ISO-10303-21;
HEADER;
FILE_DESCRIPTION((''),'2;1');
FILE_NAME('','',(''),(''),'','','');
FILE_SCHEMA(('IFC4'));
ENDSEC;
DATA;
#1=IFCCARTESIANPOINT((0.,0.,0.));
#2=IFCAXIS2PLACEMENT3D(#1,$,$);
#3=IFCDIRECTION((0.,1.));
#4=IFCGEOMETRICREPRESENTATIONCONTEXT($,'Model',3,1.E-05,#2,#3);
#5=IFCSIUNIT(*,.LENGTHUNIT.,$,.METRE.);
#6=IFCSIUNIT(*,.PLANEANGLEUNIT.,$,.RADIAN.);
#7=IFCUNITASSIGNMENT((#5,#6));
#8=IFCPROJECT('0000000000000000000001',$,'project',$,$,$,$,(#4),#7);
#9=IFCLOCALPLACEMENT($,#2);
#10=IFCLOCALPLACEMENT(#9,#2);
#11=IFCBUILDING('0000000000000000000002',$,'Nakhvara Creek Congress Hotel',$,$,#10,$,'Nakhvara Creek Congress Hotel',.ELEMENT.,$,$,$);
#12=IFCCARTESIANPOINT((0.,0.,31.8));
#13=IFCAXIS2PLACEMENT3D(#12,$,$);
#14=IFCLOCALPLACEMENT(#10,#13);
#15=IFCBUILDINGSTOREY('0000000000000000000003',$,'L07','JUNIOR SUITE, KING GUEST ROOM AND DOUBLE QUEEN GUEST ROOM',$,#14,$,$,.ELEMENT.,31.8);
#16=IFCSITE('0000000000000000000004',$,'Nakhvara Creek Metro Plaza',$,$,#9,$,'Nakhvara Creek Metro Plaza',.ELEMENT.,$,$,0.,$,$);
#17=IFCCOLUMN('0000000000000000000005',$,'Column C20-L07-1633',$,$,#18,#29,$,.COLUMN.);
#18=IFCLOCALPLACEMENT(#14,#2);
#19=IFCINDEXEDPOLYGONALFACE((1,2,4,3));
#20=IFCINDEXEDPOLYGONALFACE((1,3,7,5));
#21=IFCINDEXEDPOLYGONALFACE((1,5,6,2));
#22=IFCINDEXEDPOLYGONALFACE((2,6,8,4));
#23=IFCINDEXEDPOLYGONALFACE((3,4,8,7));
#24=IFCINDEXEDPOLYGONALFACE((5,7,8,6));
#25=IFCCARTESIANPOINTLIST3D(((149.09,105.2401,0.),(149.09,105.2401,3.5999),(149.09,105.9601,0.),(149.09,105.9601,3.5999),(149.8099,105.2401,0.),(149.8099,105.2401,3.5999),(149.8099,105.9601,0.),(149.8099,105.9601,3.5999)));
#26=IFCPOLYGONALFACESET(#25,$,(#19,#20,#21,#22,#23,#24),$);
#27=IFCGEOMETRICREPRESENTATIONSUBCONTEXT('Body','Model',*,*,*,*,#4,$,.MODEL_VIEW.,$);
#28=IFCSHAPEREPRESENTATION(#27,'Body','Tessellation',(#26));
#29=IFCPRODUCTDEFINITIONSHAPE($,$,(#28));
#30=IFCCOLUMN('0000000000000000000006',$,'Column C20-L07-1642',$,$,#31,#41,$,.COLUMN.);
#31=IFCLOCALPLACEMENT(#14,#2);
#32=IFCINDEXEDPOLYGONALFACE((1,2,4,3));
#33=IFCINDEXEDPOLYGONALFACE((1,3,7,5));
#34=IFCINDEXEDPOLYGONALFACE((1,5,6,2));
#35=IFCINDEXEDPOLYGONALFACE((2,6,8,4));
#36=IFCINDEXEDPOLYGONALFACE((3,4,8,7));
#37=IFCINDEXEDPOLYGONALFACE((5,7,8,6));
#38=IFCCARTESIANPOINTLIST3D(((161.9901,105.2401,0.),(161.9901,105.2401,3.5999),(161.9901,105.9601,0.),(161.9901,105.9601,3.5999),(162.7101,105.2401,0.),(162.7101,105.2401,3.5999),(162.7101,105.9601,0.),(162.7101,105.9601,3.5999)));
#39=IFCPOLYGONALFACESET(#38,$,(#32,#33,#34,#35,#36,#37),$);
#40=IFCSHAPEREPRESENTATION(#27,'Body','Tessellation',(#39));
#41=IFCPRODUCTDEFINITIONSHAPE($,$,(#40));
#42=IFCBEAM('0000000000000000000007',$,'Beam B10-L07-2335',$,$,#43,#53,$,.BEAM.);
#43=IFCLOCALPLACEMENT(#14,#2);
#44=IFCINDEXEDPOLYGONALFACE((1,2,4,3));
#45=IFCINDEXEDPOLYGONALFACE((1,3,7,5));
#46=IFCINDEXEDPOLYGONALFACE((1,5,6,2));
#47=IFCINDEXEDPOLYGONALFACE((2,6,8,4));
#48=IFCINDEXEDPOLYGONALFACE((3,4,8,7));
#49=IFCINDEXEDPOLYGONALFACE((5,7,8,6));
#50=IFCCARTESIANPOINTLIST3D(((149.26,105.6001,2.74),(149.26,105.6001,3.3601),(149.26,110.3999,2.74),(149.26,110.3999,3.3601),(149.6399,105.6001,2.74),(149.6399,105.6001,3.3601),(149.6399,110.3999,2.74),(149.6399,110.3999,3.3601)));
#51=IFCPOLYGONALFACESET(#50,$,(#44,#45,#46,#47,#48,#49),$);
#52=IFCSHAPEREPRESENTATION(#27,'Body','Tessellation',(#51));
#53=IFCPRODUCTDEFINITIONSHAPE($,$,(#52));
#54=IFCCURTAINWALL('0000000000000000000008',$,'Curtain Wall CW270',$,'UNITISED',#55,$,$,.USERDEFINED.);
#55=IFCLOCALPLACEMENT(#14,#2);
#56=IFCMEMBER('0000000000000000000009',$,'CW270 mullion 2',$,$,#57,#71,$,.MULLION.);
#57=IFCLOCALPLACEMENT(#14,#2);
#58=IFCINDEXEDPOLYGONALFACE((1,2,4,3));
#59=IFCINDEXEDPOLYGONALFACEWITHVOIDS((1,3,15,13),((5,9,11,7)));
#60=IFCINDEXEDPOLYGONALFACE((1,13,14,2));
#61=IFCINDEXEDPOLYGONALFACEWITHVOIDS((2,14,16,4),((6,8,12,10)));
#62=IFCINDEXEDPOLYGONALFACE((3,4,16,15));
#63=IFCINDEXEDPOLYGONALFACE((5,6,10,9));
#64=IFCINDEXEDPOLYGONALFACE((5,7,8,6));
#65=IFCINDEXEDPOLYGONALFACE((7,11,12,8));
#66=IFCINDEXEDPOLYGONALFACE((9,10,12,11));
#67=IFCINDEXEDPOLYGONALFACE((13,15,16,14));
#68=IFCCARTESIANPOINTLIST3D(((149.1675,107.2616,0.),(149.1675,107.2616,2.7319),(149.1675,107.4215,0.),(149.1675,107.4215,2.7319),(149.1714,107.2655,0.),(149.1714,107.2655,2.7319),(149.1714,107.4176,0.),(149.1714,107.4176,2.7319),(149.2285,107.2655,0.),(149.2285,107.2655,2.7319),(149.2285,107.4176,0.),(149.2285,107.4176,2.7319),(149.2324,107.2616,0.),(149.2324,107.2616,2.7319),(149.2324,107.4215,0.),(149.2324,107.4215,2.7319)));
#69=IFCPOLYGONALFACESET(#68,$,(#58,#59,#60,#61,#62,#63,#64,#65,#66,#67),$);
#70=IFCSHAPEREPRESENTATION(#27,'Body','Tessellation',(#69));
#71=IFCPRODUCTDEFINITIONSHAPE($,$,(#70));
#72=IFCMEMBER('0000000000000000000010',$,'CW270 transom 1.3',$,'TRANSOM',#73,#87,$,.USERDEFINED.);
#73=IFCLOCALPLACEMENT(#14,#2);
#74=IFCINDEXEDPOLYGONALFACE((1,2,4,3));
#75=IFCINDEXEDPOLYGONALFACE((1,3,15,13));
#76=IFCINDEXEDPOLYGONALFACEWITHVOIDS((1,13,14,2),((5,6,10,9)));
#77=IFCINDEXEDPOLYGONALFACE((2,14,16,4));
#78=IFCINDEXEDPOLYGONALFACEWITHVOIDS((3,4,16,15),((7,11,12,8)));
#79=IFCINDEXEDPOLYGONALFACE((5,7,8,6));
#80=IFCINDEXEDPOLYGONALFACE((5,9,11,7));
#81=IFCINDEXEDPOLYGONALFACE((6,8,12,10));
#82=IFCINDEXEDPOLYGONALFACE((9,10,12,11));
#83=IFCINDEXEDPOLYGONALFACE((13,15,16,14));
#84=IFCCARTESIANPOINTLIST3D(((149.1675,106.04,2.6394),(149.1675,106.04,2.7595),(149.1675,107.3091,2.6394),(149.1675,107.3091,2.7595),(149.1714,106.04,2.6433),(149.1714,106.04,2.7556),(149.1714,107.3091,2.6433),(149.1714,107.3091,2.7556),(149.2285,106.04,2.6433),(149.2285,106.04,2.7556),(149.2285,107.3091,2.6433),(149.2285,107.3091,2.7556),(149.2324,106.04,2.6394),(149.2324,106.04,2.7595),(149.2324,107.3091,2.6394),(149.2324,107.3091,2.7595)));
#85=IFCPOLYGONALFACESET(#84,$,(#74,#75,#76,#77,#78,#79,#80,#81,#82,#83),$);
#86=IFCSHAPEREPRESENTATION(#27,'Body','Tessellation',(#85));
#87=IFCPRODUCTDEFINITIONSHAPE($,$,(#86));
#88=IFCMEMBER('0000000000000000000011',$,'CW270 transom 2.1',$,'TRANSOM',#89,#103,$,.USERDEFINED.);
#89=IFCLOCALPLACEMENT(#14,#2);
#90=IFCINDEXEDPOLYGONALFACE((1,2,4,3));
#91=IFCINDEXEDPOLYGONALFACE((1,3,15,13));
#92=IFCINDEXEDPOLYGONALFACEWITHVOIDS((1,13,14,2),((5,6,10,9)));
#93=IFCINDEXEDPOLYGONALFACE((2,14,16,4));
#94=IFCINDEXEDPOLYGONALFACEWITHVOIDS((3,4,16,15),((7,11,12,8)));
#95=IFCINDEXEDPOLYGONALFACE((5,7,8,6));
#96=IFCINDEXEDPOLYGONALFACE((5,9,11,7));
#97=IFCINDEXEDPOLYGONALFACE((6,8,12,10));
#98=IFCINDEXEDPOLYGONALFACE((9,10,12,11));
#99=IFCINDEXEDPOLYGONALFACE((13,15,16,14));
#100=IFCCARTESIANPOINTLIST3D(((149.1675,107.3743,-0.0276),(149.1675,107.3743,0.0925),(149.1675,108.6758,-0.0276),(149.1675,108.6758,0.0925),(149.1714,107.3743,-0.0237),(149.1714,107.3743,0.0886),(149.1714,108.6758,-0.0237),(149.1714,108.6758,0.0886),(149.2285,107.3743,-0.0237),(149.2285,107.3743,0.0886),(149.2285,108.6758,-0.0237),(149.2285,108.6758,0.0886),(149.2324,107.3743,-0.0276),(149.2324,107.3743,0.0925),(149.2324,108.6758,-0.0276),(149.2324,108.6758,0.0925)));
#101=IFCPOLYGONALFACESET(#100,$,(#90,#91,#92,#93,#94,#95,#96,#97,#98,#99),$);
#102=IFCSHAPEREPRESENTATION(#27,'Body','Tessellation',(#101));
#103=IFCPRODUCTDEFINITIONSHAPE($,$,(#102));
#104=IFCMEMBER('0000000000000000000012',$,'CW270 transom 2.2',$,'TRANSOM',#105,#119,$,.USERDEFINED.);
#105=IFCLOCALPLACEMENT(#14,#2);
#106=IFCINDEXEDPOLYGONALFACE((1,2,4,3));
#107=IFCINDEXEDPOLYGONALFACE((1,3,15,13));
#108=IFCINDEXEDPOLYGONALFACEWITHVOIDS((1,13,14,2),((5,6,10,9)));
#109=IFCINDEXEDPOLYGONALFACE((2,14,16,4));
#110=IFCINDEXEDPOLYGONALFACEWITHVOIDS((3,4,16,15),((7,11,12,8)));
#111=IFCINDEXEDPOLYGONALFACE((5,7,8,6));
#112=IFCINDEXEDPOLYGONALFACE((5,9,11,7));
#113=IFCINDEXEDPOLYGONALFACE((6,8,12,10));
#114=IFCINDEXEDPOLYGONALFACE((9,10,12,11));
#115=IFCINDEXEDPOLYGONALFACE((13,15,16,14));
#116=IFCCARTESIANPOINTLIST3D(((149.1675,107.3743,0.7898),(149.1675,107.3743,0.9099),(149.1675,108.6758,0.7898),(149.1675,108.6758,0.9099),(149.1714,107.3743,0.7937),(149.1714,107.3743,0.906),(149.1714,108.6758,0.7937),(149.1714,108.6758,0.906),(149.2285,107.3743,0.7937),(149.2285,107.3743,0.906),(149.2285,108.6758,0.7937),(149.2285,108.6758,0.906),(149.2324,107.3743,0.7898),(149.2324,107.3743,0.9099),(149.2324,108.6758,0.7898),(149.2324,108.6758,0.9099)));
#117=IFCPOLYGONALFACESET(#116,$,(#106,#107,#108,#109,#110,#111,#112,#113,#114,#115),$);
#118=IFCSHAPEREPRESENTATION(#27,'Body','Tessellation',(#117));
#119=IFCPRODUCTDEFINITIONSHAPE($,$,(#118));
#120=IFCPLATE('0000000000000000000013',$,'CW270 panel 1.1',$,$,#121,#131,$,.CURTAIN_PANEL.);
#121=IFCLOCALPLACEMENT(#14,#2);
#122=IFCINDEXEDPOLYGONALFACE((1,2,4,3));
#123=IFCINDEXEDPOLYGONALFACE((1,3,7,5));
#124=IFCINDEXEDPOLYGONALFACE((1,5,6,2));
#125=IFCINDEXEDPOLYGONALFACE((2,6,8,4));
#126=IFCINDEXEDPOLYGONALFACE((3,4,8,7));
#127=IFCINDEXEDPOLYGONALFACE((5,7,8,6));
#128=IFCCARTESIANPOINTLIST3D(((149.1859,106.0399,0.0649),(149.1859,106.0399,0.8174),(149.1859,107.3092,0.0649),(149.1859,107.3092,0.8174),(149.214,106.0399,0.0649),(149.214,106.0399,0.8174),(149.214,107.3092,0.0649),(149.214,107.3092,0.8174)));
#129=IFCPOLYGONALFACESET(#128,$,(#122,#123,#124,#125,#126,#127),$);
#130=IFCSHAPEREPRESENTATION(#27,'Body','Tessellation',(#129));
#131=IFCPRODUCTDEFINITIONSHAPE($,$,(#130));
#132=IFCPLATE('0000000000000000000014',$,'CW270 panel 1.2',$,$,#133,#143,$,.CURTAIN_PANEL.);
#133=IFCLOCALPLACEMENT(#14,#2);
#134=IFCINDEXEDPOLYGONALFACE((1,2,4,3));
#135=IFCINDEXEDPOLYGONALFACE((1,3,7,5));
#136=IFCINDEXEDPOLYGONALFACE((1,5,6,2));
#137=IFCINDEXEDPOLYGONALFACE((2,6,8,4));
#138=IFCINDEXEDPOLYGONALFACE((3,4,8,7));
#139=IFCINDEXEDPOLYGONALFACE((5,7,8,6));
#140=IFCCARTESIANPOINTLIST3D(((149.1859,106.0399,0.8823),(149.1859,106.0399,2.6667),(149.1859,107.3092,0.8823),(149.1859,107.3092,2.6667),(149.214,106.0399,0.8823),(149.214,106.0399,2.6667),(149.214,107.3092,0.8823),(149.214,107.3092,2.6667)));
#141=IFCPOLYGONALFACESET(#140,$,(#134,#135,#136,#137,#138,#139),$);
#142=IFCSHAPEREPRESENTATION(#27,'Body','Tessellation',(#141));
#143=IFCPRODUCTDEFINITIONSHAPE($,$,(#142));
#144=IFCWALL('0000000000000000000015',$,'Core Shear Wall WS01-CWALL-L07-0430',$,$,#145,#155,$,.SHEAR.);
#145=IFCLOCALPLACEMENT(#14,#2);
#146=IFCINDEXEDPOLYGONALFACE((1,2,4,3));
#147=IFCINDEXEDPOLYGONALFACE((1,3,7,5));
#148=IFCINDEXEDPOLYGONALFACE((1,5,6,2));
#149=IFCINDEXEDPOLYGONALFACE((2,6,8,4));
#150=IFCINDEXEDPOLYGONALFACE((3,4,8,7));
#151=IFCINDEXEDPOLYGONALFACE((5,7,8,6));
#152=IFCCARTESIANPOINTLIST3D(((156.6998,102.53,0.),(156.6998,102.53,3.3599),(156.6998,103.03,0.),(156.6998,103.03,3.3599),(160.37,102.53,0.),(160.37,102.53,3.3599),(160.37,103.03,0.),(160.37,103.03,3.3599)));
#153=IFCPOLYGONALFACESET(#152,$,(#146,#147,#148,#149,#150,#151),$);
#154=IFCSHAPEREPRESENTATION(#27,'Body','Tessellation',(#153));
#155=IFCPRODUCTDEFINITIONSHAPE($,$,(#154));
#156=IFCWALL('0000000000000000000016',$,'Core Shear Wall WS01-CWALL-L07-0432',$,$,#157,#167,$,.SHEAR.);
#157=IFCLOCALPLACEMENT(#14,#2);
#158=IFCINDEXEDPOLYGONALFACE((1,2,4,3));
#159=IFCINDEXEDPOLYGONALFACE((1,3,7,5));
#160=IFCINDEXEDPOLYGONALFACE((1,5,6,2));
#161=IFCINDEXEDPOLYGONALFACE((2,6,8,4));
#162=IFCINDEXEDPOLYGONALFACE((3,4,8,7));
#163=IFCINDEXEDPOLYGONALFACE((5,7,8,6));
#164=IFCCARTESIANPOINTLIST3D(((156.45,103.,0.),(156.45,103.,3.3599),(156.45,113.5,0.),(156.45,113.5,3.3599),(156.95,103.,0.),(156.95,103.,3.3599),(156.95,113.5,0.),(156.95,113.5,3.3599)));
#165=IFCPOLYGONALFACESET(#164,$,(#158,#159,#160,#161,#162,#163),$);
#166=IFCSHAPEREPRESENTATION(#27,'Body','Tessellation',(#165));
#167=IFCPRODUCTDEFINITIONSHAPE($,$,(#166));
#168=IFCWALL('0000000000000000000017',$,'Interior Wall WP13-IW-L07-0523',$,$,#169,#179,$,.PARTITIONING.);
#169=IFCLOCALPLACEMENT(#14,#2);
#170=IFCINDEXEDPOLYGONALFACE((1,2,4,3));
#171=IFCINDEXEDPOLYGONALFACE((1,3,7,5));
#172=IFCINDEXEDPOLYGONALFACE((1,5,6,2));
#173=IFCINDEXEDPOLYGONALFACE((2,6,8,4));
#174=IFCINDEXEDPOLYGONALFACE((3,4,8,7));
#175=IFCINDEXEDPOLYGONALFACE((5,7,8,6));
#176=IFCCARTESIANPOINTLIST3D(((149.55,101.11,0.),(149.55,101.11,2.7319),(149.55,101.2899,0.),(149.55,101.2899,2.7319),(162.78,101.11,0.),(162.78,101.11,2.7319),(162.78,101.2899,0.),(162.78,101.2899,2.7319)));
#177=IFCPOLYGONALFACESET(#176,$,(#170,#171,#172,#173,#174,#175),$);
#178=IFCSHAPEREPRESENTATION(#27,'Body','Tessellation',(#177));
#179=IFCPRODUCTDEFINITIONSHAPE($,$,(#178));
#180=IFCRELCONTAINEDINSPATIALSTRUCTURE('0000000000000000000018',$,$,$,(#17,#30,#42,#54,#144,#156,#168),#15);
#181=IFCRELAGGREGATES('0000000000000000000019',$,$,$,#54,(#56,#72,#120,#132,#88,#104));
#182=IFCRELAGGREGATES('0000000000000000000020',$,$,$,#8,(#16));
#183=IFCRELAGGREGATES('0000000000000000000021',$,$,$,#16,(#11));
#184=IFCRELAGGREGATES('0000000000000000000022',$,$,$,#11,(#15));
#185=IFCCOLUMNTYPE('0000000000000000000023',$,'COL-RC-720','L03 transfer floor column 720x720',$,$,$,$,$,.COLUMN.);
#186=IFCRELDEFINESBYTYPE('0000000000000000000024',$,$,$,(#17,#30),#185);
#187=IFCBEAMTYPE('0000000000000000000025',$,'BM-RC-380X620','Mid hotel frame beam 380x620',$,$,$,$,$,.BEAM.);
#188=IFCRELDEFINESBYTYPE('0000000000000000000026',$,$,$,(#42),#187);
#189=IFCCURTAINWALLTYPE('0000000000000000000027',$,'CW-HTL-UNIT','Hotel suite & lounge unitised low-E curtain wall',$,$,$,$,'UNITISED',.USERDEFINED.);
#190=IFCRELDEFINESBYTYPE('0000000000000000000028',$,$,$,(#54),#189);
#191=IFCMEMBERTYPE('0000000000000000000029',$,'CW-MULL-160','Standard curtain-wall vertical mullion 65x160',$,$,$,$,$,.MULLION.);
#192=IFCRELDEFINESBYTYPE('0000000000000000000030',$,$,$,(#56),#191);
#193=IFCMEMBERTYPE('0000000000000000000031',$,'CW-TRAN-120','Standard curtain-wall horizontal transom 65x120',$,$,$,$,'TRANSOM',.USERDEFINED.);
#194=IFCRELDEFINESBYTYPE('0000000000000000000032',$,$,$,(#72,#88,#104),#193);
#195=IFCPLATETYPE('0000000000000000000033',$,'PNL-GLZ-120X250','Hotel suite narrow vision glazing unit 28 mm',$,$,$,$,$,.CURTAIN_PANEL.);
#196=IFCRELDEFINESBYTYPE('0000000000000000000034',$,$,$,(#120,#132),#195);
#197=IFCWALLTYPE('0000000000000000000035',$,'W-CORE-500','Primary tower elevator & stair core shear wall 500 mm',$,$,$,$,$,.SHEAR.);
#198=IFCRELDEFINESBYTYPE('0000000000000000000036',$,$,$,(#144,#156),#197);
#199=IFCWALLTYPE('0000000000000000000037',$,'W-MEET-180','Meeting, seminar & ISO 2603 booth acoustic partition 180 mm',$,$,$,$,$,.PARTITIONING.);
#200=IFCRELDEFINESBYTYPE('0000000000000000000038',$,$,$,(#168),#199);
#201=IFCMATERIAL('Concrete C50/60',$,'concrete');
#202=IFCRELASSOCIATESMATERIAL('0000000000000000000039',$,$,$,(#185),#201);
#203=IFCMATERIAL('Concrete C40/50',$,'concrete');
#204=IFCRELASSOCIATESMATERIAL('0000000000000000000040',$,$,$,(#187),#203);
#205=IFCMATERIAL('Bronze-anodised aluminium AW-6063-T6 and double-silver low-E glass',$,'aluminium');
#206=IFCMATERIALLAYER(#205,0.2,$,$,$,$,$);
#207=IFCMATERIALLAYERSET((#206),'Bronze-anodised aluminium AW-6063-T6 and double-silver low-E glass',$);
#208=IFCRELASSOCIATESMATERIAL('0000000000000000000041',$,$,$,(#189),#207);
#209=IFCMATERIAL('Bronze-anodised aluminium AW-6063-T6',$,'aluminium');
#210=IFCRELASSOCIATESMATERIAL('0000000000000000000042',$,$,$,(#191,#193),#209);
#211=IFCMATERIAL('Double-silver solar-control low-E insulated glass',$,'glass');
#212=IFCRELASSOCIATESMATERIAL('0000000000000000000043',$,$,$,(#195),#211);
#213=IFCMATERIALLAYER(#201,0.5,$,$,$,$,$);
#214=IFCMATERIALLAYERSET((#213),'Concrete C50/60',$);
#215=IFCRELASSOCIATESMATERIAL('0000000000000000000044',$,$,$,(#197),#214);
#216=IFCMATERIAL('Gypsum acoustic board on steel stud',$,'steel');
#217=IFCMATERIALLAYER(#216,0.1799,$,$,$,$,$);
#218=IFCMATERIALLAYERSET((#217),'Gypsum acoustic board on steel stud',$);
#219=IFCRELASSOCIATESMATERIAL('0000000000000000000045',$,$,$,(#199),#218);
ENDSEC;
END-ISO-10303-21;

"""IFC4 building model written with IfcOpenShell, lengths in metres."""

from ifc_helpers import new_model, si_unit, direction, frame, frame_2d, origin, origin_2d, place, context, subcontext, project, spatial, rectangle, hollow_rectangle, extrude, material, layer, layer_set, material_profile, profile_set, type_object, element, aggregate, save


model = new_model("IFC4")

# Units and contexts
model_context = context("Model", 3, precision=1e-05, world=origin(), true_north=direction((0.0, 1.0)))
body_context = subcontext(model_context, "Body", "Model", "MODEL_VIEW")
ifc_project = project(units=[si_unit("LENGTHUNIT", "METRE"), si_unit("PLANEANGLEUNIT", "RADIAN")], contexts=[model_context])

# Site, building, storey
site_placement = place(None, origin())
site = spatial("IfcSite", under=ifc_project, at=site_placement, Name="Nakhvara Creek Metro Plaza", LongName="Nakhvara Creek Metro Plaza", CompositionType="ELEMENT", RefElevation=0.0)
building_placement = place(site_placement, origin())
building = spatial("IfcBuilding", under=site, at=building_placement, Name="Nakhvara Creek Congress Hotel", LongName="Nakhvara Creek Congress Hotel", CompositionType="ELEMENT")
storey_placement = place(building_placement, frame((0.0, 0.0, 31.8)))
storey = spatial("IfcBuildingStorey", under=building, at=storey_placement, Name="L07", Description="JUNIOR SUITE, KING GUEST ROOM AND DOUBLE QUEEN GUEST ROOM", CompositionType="ELEMENT", Elevation=31.8)

# Columns
ifc_material_1 = material(Name="Concrete C50/60", Category="concrete")
ifc_material_profile_1 = material_profile(ifc_material_1, rectangle(XDim=0.72, YDim=0.72, at=origin_2d()), Name="RC-COL 720x720", Category="LoadBearing")
ifc_profile_set_1 = profile_set([ifc_material_profile_1], Name="Concrete C50/60")
column_type = type_object("IfcColumnType", Name="COL-RC-720", Description="L03 transfer floor column 720x720", PredefinedType="COLUMN", material=ifc_profile_set_1)
for number, where, z_axis, x_axis, name in (
    (1, (149.45, 105.6001, 0.0), (0.0, 0.0, 1.0), (1.0, 0.0, 0.0), "Column C20-L07-1633"),
    (2, (162.3501, 105.6001, 0.0), (0.0, 0.0, 1.0), (1.0, 0.0, 0.0), "Column C20-L07-1642"),
):
    element("IfcColumn", number, at=place(storey_placement, frame(where, z_axis=z_axis, x_axis=x_axis)), inside=storey, type_object=column_type, Name=name, PredefinedType="COLUMN", context=body_context, shape_type="SweptSolid", body=[
        extrude(rectangle(XDim=0.72, YDim=0.72, at=origin_2d()), origin(), (0.0, 0.0, 1.0), 3.5999),
    ])

# Beam
ifc_material_2 = material(Name="Concrete C40/50", Category="concrete")
ifc_material_profile_2 = material_profile(ifc_material_2, rectangle(XDim=0.3799, YDim=0.6201, at=origin_2d()), Name="RC-BM 380x620", Category="LoadBearing")
ifc_profile_set_2 = profile_set([ifc_material_profile_2], Name="Concrete C40/50")
beam_type = type_object("IfcBeamType", Name="BM-RC-380X620", Description="Mid hotel frame beam 380x620", PredefinedType="BEAM", material=ifc_profile_set_2)
beam_placement = place(storey_placement, frame((149.45, 105.6001, 3.05), z_axis=(0.0, 1.0, 0.0), x_axis=(-1.0, 0.0, 0.0)))
element("IfcBeam", 3, at=beam_placement, inside=storey, type_object=beam_type, Name="Beam B10-L07-2335", PredefinedType="BEAM", context=body_context, shape_type="SweptSolid", body=[
    extrude(rectangle(XDim=0.3799, YDim=0.6201, at=origin_2d()), origin(), (0.0, 0.0, 1.0), 4.7998),
])

# Curtain wall, members, plates
ifc_material_3 = material(Name="Bronze-anodised aluminium AW-6063-T6 and double-silver low-E glass", Category="aluminium")
ifc_layer_1 = layer(ifc_material_3, 0.2)
ifc_layer_set_1 = layer_set([ifc_layer_1], Name="Bronze-anodised aluminium AW-6063-T6 and double-silver low-E glass")
curtain_wall_type = type_object("IfcCurtainWallType", Name="CW-HTL-UNIT", Description="Hotel suite & lounge unitised low-E curtain wall", ElementType="UNITISED", PredefinedType="USERDEFINED", material=ifc_layer_set_1)
curtain_wall_placement = place(storey_placement, origin())
curtain_wall = element("IfcCurtainWall", 4, at=curtain_wall_placement, inside=storey, type_object=curtain_wall_type, Name="Curtain Wall CW270", ObjectType="UNITISED", PredefinedType="USERDEFINED")
ifc_material_4 = material(Name="Bronze-anodised aluminium AW-6063-T6", Category="aluminium")
ifc_material_profile_3 = material_profile(ifc_material_4, hollow_rectangle(XDim=0.0649, YDim=0.1599, WallThickness=0.0039, at=origin_2d()), Name="ALU-MULL 65x160x4", Category="LoadBearing")
ifc_profile_set_3 = profile_set([ifc_material_profile_3], Name="Bronze-anodised aluminium AW-6063-T6")
member_type_1 = type_object("IfcMemberType", Name="CW-MULL-160", Description="Standard curtain-wall vertical mullion 65x160", PredefinedType="MULLION", material=ifc_profile_set_3)
member_1_placement = place(storey_placement, frame((149.2, 107.3416, 0.0), z_axis=(0.0, 0.0, 1.0), x_axis=(-1.0, 0.0, 0.0)))
member_1 = element("IfcMember", 5, at=member_1_placement, type_object=member_type_1, Name="CW270 mullion 2", PredefinedType="MULLION", context=body_context, shape_type="SweptSolid", body=[
    extrude(hollow_rectangle(XDim=0.0649, YDim=0.1599, WallThickness=0.0039, at=origin_2d()), origin(), (0.0, 0.0, 1.0), 2.7319),
])
ifc_material_profile_4 = material_profile(ifc_material_4, hollow_rectangle(XDim=0.0649, YDim=0.1201, WallThickness=0.0039, at=origin_2d()), Name="ALU-TRAN 65x120x4", Category="LoadBearing")
ifc_profile_set_4 = profile_set([ifc_material_profile_4], Name="Bronze-anodised aluminium AW-6063-T6")
member_type_2 = type_object("IfcMemberType", Name="CW-TRAN-120", Description="Standard curtain-wall horizontal transom 65x120", ElementType="TRANSOM", PredefinedType="USERDEFINED", material=ifc_profile_set_4)
member_2_placement = place(storey_placement, frame((149.2, 106.04, 2.6995), z_axis=(0.0, 1.0, 0.0), x_axis=(-1.0, 0.0, 0.0)))
member_2 = element("IfcMember", 6, at=member_2_placement, type_object=member_type_2, Name="CW270 transom 1.3", ObjectType="TRANSOM", PredefinedType="USERDEFINED", context=body_context, shape_type="SweptSolid", body=[
    extrude(hollow_rectangle(XDim=0.0649, YDim=0.1201, WallThickness=0.0039, at=origin_2d()), origin(), (0.0, 0.0, 1.0), 1.269),
])
member_3_placement = place(storey_placement, frame((149.2, 107.3743, 0.0325), z_axis=(0.0, 1.0, 0.0), x_axis=(-1.0, 0.0, 0.0)))
member_3 = element("IfcMember", 7, at=member_3_placement, type_object=member_type_2, Name="CW270 transom 2.1", ObjectType="TRANSOM", PredefinedType="USERDEFINED", context=body_context, shape_type="SweptSolid", body=[
    extrude(hollow_rectangle(XDim=0.0649, YDim=0.1201, WallThickness=0.0039, at=origin_2d()), origin(), (0.0, 0.0, 1.0), 1.3015),
])
member_4_placement = place(storey_placement, frame((149.2, 107.3743, 0.8499), z_axis=(0.0, 1.0, 0.0), x_axis=(-1.0, 0.0, 0.0)))
member_4 = element("IfcMember", 8, at=member_4_placement, type_object=member_type_2, Name="CW270 transom 2.2", ObjectType="TRANSOM", PredefinedType="USERDEFINED", context=body_context, shape_type="SweptSolid", body=[
    extrude(hollow_rectangle(XDim=0.0649, YDim=0.1201, WallThickness=0.0039, at=origin_2d()), origin(), (0.0, 0.0, 1.0), 1.3015),
])
ifc_material_5 = material(Name="Double-silver solar-control low-E insulated glass", Category="glass")
plate_type = type_object("IfcPlateType", Name="PNL-GLZ-120X250", Description="Hotel suite narrow vision glazing unit 28 mm", PredefinedType="CURTAIN_PANEL", material=ifc_material_5)
plate_1_placement = place(storey_placement, frame((149.2, 106.6746, 0.0649), z_axis=(0.0, 0.0, 1.0), x_axis=(0.0, 1.0, 0.0)))
plate_1 = element("IfcPlate", 9, at=plate_1_placement, type_object=plate_type, Name="CW270 panel 1.1", PredefinedType="CURTAIN_PANEL", context=body_context, shape_type="SweptSolid", body=[
    extrude(rectangle(XDim=1.2693, YDim=0.0281, at=origin_2d()), origin(), (0.0, 0.0, 1.0), 0.7524),
])
plate_2_placement = place(storey_placement, frame((149.2, 106.6746, 0.8823), z_axis=(0.0, 0.0, 1.0), x_axis=(0.0, 1.0, 0.0)))
plate_2 = element("IfcPlate", 10, at=plate_2_placement, type_object=plate_type, Name="CW270 panel 1.2", PredefinedType="CURTAIN_PANEL", context=body_context, shape_type="SweptSolid", body=[
    extrude(rectangle(XDim=1.2693, YDim=0.0281, at=origin_2d()), origin(), (0.0, 0.0, 1.0), 1.7844),
])
aggregate(curtain_wall, [member_1, member_2, plate_1, plate_2, member_3, member_4])

# Walls
ifc_layer_2 = layer(ifc_material_1, 0.5)
ifc_layer_set_2 = layer_set([ifc_layer_2], Name="Concrete C50/60")
wall_type_1 = type_object("IfcWallType", Name="W-CORE-500", Description="Primary tower elevator & stair core shear wall 500 mm", PredefinedType="SHEAR", material=ifc_layer_set_2)
wall_1_placement = place(storey_placement, frame((156.7, 102.78, 0.0), z_axis=(0.0, 0.0, 1.0), x_axis=(1.0, 0.0, 0.0)))
element("IfcWall", 11, at=wall_1_placement, inside=storey, type_object=wall_type_1, Name="Core Shear Wall WS01-CWALL-L07-0430", PredefinedType="SHEAR", context=body_context, shape_type="SweptSolid", body=[
    extrude(rectangle(XDim=3.6702, YDim=0.5, at=frame_2d((1.835, 0.0))), origin(), (0.0, 0.0, 1.0), 3.3599),
])
wall_2_placement = place(storey_placement, frame((156.7, 103.0, 0.0), z_axis=(0.0, 0.0, 1.0), x_axis=(0.0, 1.0, 0.0)))
element("IfcWall", 12, at=wall_2_placement, inside=storey, type_object=wall_type_1, Name="Core Shear Wall WS01-CWALL-L07-0432", PredefinedType="SHEAR", context=body_context, shape_type="SweptSolid", body=[
    extrude(rectangle(XDim=10.5, YDim=0.5, at=frame_2d((5.25, 0.0))), origin(), (0.0, 0.0, 1.0), 3.3599),
])

# Wall
ifc_material_6 = material(Name="Gypsum acoustic board on steel stud", Category="steel")
ifc_layer_3 = layer(ifc_material_6, 0.1799)
ifc_layer_set_3 = layer_set([ifc_layer_3], Name="Gypsum acoustic board on steel stud")
wall_type_2 = type_object("IfcWallType", Name="W-MEET-180", Description="Meeting, seminar & ISO 2603 booth acoustic partition 180 mm", PredefinedType="PARTITIONING", material=ifc_layer_set_3)
wall_3_placement = place(storey_placement, frame((149.55, 101.2, 0.0), z_axis=(0.0, 0.0, 1.0), x_axis=(1.0, 0.0, 0.0)))
element("IfcWall", 13, at=wall_3_placement, inside=storey, type_object=wall_type_2, Name="Interior Wall WP13-IW-L07-0523", PredefinedType="PARTITIONING", context=body_context, shape_type="SweptSolid", body=[
    extrude(rectangle(XDim=13.23, YDim=0.1799, at=frame_2d((6.615, 0.0))), origin(), (0.0, 0.0, 1.0), 2.7319),
])

save(model, "model.ifc")
